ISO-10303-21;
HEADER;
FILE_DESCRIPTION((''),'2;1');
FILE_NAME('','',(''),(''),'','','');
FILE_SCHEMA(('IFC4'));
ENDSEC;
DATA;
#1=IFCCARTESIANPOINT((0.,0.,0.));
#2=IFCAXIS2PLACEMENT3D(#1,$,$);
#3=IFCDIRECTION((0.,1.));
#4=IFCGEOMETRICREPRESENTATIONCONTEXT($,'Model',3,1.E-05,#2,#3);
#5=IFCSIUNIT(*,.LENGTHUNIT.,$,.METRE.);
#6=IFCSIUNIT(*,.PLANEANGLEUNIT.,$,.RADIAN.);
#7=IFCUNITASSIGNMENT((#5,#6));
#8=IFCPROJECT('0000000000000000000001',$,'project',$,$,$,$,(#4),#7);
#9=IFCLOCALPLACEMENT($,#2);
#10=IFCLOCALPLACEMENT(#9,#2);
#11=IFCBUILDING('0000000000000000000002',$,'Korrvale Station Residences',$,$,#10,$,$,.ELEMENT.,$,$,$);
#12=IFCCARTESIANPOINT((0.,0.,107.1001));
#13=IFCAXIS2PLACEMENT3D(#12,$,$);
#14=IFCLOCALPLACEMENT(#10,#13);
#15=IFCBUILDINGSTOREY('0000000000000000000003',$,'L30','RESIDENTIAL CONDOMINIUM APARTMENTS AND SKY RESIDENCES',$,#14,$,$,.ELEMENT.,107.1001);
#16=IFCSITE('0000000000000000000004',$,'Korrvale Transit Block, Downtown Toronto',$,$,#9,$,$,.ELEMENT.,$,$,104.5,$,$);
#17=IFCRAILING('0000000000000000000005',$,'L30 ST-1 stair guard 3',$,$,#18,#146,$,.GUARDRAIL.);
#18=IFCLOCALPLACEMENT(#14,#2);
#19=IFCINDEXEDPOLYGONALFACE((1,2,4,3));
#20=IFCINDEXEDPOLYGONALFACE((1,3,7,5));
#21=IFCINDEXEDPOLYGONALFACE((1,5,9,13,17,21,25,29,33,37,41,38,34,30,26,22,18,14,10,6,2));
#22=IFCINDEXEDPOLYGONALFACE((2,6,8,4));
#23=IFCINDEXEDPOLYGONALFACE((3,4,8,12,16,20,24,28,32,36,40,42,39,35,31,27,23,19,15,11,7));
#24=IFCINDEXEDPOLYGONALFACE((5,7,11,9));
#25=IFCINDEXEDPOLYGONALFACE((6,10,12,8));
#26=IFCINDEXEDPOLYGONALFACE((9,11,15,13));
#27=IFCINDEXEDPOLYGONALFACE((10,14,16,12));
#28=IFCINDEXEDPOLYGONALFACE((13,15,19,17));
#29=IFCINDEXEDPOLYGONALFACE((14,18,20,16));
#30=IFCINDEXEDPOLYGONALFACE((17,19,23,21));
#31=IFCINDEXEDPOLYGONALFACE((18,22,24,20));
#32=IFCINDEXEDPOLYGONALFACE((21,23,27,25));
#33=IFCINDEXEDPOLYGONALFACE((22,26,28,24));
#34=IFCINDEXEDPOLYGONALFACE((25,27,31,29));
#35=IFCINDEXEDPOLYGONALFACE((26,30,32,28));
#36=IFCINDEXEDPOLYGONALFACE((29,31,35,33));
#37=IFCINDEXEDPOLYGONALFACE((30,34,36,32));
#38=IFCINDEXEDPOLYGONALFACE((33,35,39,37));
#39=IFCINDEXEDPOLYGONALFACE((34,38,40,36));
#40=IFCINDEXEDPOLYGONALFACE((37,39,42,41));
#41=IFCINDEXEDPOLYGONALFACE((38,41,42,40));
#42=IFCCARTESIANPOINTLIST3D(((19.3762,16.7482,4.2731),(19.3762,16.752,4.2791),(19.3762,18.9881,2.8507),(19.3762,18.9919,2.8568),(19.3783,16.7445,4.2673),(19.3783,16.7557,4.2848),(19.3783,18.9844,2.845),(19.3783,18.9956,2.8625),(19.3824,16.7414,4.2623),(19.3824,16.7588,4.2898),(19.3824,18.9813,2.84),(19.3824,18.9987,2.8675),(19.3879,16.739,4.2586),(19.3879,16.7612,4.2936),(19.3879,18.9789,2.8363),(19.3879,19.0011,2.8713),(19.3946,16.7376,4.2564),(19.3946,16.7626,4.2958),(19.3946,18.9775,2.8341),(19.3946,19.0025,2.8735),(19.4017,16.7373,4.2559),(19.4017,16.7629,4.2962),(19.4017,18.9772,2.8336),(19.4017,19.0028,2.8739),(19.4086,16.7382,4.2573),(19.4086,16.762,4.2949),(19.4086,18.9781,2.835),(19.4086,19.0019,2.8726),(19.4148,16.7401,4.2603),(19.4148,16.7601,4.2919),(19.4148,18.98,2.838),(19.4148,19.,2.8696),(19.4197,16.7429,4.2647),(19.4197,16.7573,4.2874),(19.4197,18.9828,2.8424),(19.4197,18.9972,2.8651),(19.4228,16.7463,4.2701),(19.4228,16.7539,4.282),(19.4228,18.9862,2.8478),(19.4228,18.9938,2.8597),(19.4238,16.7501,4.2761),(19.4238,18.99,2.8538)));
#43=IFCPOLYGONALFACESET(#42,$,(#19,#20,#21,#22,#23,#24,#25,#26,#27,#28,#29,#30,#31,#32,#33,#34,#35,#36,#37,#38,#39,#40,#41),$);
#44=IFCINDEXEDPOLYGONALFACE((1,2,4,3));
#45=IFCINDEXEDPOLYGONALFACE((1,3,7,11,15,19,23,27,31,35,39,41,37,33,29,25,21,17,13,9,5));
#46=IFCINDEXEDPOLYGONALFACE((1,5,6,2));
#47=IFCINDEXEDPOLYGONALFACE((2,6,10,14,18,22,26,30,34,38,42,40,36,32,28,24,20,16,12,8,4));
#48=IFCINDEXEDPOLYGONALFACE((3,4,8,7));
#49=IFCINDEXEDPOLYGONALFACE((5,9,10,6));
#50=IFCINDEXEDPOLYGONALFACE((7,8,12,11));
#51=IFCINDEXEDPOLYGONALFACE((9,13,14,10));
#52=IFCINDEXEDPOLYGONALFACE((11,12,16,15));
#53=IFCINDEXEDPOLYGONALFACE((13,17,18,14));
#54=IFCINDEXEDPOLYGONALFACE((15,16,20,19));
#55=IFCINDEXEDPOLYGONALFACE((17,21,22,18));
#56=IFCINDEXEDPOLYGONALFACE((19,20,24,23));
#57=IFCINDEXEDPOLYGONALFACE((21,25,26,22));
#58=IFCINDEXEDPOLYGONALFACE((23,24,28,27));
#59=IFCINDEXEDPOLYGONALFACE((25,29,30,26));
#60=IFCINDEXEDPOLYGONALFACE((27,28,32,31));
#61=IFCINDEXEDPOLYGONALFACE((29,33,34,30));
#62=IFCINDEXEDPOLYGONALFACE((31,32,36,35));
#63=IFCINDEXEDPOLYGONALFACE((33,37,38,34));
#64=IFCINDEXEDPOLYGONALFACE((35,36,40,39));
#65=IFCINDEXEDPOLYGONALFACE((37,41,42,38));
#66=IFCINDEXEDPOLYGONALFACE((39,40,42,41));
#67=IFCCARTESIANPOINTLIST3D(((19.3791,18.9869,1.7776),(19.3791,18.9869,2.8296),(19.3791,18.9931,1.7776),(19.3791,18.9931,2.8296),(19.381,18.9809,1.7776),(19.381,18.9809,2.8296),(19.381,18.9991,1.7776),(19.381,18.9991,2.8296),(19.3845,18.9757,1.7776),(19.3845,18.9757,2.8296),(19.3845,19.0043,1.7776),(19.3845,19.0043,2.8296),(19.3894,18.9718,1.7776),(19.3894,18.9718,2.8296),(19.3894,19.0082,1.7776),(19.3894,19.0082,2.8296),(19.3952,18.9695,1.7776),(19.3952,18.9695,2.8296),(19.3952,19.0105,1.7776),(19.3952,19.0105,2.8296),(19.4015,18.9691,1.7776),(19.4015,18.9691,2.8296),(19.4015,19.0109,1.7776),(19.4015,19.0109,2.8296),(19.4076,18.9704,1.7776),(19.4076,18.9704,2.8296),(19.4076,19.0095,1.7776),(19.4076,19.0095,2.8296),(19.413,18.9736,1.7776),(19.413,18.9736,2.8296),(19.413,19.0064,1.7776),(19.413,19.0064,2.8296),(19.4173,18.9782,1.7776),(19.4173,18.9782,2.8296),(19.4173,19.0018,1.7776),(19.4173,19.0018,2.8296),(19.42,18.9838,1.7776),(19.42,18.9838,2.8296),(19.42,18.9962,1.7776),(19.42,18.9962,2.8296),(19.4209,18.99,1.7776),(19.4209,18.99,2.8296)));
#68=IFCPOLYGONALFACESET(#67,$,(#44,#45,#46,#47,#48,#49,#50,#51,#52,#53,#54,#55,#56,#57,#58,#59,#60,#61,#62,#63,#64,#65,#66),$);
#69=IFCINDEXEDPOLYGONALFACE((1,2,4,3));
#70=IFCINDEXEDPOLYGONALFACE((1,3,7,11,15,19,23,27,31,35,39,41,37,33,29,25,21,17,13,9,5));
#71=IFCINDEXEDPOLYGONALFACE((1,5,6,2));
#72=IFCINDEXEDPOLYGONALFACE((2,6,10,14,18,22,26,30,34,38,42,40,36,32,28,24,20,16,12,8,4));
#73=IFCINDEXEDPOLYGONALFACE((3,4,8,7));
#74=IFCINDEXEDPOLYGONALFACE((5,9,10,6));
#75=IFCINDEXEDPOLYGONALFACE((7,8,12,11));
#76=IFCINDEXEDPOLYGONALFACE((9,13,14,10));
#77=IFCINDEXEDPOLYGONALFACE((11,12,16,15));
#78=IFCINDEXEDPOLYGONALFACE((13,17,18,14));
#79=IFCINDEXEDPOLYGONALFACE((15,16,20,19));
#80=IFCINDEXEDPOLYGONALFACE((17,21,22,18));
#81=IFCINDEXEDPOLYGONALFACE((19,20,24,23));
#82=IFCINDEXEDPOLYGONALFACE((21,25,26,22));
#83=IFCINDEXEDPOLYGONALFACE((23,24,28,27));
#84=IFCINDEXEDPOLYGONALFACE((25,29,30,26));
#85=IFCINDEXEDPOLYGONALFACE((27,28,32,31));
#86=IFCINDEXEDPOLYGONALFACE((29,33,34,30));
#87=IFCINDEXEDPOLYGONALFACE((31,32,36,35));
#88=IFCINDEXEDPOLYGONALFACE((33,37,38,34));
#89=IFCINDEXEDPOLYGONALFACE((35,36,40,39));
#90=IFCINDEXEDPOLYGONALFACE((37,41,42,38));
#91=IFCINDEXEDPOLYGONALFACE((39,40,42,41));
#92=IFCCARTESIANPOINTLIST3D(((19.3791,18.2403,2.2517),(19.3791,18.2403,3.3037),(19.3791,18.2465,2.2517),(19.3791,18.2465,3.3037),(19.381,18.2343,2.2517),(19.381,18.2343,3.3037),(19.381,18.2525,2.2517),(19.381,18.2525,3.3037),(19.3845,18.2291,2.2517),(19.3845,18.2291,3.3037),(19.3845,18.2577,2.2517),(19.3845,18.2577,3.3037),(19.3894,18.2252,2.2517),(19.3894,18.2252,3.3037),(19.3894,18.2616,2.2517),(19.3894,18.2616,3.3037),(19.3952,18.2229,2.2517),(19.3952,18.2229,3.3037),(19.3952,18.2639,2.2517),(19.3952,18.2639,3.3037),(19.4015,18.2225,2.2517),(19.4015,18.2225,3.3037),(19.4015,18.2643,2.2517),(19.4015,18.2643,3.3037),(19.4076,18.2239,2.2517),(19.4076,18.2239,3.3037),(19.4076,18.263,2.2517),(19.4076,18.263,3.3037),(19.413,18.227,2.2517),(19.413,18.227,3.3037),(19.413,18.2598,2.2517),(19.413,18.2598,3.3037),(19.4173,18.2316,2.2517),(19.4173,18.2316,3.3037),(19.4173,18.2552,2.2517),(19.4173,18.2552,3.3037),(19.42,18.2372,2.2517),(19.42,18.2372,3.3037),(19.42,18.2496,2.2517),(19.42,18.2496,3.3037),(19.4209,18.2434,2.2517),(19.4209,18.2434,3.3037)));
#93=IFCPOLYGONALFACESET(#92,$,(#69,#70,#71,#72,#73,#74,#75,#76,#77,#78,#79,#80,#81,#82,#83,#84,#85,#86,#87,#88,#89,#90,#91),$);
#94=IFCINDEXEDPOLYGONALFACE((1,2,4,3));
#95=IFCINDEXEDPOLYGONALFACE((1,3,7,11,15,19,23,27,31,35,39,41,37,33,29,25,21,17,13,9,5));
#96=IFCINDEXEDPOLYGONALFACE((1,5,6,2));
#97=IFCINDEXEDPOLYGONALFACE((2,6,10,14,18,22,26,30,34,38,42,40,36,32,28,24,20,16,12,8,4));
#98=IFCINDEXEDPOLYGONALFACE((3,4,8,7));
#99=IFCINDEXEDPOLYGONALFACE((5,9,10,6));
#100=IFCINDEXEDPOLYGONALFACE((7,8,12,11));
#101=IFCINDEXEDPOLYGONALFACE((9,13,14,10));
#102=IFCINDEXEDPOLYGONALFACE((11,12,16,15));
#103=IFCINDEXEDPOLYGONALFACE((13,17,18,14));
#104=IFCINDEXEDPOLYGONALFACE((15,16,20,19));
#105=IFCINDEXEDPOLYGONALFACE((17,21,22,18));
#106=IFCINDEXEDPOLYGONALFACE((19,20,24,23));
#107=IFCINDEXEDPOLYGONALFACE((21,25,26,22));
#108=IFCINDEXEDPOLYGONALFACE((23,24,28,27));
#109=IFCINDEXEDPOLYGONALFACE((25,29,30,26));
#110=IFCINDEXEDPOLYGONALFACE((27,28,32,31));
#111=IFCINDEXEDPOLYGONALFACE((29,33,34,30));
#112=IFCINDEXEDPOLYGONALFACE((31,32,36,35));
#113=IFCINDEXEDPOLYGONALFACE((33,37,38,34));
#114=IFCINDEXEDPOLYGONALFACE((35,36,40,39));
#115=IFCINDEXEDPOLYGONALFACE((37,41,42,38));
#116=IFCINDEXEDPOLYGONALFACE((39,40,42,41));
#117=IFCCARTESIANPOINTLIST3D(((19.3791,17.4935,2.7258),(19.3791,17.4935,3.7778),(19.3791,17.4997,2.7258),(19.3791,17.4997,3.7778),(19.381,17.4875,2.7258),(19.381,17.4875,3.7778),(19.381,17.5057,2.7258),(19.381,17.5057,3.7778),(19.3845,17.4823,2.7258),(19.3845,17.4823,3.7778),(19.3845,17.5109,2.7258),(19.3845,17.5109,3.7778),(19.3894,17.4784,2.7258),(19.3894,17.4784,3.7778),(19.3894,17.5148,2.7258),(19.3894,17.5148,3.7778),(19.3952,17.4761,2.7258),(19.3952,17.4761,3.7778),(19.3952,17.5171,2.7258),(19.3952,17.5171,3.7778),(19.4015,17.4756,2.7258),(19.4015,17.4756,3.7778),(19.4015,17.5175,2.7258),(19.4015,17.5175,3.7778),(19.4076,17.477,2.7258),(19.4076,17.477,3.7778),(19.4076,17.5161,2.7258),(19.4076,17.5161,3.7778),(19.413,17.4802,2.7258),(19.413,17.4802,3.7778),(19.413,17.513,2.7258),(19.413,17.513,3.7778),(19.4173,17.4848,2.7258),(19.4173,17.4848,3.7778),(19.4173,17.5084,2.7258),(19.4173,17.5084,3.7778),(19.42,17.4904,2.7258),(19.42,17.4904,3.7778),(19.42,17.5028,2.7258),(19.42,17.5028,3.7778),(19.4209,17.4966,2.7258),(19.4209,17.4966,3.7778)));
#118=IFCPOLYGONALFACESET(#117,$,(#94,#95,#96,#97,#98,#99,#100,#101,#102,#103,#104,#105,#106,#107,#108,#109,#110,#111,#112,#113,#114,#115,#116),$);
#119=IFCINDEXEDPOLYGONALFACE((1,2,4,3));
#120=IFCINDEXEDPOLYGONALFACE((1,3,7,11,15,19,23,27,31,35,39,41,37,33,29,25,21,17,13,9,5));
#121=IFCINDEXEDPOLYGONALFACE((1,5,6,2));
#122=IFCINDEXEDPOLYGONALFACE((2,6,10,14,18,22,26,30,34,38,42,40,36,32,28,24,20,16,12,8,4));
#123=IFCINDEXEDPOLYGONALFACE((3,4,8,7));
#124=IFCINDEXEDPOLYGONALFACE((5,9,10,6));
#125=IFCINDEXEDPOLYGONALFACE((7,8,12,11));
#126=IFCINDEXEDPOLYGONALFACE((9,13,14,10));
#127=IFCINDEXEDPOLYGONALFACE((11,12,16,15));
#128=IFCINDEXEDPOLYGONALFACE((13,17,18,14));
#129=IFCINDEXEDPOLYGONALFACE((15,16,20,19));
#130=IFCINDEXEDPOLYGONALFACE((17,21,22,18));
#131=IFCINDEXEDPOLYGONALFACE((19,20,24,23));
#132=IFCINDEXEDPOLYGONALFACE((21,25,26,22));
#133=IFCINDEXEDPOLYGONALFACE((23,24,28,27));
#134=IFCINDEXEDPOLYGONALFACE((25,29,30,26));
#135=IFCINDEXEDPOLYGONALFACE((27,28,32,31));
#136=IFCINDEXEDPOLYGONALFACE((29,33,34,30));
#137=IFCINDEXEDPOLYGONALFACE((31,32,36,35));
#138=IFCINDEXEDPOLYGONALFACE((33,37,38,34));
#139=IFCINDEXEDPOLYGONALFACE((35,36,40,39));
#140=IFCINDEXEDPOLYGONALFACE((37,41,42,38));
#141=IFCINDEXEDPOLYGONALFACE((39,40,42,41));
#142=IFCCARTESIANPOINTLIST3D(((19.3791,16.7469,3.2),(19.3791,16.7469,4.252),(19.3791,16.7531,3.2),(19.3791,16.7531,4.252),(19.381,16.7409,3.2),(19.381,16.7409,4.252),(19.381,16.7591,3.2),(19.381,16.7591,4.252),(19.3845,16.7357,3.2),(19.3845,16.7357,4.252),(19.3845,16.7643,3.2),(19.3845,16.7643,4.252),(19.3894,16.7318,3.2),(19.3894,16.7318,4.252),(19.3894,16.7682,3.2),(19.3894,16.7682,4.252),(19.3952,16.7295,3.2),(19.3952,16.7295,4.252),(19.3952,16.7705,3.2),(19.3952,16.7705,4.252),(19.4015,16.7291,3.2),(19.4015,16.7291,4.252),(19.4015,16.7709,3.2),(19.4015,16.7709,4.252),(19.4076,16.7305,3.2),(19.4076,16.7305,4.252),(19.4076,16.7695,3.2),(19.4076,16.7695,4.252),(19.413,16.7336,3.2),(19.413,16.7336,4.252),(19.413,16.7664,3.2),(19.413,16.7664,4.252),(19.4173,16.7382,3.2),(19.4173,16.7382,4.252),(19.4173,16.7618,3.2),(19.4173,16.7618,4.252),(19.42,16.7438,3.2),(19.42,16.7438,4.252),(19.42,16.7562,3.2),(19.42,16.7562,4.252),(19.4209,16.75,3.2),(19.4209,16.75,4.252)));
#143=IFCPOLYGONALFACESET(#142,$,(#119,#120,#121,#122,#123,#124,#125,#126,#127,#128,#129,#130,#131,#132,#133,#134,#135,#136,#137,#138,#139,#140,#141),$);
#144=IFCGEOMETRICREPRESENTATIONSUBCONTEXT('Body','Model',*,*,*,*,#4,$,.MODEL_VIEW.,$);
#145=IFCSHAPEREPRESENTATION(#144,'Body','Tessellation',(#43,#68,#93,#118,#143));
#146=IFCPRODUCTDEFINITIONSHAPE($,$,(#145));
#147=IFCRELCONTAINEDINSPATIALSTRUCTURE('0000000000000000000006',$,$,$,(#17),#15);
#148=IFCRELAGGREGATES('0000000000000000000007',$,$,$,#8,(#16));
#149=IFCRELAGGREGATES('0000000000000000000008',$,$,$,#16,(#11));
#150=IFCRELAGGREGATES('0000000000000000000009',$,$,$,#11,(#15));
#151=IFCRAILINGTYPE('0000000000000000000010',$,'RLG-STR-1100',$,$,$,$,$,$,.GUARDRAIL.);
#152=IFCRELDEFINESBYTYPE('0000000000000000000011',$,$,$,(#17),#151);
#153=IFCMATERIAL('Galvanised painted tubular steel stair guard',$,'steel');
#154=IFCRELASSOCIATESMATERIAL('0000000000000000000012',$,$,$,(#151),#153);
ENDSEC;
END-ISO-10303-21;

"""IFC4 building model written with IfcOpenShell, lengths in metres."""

from ifc_helpers import new_model, si_unit, direction, frame, origin, origin_2d, place, context, subcontext, project, spatial, circle, extrude, material, type_object, element, save


model = new_model("IFC4")

# Units and contexts
model_context = context("Model", 3, precision=1e-05, world=origin(), true_north=direction((0.0, 1.0)))
body_context = subcontext(model_context, "Body", "Model", "MODEL_VIEW")
ifc_project = project(units=[si_unit("LENGTHUNIT", "METRE"), si_unit("PLANEANGLEUNIT", "RADIAN")], contexts=[model_context])

# Site, building, storey
site_placement = place(None, origin())
site = spatial("IfcSite", under=ifc_project, at=site_placement, Name="Korrvale Transit Block, Downtown Toronto", CompositionType="ELEMENT", RefElevation=104.5)
building_placement = place(site_placement, origin())
building = spatial("IfcBuilding", under=site, at=building_placement, Name="Korrvale Station Residences", CompositionType="ELEMENT")
storey_placement = place(building_placement, frame((0.0, 0.0, 107.1001)))
storey = spatial("IfcBuildingStorey", under=building, at=storey_placement, Name="L30", Description="RESIDENTIAL CONDOMINIUM APARTMENTS AND SKY RESIDENCES", CompositionType="ELEMENT", Elevation=107.1001)

# Railing
ifc_material_1 = material(Name="Galvanised painted tubular steel stair guard", Category="steel")
railing_type_1 = type_object("IfcRailingType", Name="RLG-STR-1100", PredefinedType="GUARDRAIL", material=ifc_material_1)
railing_1_placement = place(storey_placement, frame((19.3999, 18.99, 1.7776)))
element("IfcRailing", 1, at=railing_1_placement, inside=storey, type_object=railing_type_1, Name="L30 ST-1 stair guard 3", PredefinedType="GUARDRAIL", context=body_context, shape_type="SweptSolid", body=[
    extrude(circle(Radius=0.0239, at=origin_2d()), frame((0.0, 0.0, 1.0762), z_axis=(0.0, -0.844188, 0.536048), x_axis=(1.0, 0.0, 0.0)), (0.0, 0.0, 1.0), 2.6533),
    extrude(circle(Radius=0.021, at=origin_2d()), origin(), (0.0, 0.0, 1.0), 1.052),
    extrude(circle(Radius=0.021, at=origin_2d()), frame((0.0, -0.7466, 0.4741)), (0.0, 0.0, 1.0), 1.052),
    extrude(circle(Radius=0.021, at=origin_2d()), frame((0.0, -1.4934, 0.9482)), (0.0, 0.0, 1.0), 1.052),
    extrude(circle(Radius=0.021, at=origin_2d()), frame((0.0, -2.24, 1.4224)), (0.0, 0.0, 1.0), 1.052),
])

save(model, "model.ifc")
